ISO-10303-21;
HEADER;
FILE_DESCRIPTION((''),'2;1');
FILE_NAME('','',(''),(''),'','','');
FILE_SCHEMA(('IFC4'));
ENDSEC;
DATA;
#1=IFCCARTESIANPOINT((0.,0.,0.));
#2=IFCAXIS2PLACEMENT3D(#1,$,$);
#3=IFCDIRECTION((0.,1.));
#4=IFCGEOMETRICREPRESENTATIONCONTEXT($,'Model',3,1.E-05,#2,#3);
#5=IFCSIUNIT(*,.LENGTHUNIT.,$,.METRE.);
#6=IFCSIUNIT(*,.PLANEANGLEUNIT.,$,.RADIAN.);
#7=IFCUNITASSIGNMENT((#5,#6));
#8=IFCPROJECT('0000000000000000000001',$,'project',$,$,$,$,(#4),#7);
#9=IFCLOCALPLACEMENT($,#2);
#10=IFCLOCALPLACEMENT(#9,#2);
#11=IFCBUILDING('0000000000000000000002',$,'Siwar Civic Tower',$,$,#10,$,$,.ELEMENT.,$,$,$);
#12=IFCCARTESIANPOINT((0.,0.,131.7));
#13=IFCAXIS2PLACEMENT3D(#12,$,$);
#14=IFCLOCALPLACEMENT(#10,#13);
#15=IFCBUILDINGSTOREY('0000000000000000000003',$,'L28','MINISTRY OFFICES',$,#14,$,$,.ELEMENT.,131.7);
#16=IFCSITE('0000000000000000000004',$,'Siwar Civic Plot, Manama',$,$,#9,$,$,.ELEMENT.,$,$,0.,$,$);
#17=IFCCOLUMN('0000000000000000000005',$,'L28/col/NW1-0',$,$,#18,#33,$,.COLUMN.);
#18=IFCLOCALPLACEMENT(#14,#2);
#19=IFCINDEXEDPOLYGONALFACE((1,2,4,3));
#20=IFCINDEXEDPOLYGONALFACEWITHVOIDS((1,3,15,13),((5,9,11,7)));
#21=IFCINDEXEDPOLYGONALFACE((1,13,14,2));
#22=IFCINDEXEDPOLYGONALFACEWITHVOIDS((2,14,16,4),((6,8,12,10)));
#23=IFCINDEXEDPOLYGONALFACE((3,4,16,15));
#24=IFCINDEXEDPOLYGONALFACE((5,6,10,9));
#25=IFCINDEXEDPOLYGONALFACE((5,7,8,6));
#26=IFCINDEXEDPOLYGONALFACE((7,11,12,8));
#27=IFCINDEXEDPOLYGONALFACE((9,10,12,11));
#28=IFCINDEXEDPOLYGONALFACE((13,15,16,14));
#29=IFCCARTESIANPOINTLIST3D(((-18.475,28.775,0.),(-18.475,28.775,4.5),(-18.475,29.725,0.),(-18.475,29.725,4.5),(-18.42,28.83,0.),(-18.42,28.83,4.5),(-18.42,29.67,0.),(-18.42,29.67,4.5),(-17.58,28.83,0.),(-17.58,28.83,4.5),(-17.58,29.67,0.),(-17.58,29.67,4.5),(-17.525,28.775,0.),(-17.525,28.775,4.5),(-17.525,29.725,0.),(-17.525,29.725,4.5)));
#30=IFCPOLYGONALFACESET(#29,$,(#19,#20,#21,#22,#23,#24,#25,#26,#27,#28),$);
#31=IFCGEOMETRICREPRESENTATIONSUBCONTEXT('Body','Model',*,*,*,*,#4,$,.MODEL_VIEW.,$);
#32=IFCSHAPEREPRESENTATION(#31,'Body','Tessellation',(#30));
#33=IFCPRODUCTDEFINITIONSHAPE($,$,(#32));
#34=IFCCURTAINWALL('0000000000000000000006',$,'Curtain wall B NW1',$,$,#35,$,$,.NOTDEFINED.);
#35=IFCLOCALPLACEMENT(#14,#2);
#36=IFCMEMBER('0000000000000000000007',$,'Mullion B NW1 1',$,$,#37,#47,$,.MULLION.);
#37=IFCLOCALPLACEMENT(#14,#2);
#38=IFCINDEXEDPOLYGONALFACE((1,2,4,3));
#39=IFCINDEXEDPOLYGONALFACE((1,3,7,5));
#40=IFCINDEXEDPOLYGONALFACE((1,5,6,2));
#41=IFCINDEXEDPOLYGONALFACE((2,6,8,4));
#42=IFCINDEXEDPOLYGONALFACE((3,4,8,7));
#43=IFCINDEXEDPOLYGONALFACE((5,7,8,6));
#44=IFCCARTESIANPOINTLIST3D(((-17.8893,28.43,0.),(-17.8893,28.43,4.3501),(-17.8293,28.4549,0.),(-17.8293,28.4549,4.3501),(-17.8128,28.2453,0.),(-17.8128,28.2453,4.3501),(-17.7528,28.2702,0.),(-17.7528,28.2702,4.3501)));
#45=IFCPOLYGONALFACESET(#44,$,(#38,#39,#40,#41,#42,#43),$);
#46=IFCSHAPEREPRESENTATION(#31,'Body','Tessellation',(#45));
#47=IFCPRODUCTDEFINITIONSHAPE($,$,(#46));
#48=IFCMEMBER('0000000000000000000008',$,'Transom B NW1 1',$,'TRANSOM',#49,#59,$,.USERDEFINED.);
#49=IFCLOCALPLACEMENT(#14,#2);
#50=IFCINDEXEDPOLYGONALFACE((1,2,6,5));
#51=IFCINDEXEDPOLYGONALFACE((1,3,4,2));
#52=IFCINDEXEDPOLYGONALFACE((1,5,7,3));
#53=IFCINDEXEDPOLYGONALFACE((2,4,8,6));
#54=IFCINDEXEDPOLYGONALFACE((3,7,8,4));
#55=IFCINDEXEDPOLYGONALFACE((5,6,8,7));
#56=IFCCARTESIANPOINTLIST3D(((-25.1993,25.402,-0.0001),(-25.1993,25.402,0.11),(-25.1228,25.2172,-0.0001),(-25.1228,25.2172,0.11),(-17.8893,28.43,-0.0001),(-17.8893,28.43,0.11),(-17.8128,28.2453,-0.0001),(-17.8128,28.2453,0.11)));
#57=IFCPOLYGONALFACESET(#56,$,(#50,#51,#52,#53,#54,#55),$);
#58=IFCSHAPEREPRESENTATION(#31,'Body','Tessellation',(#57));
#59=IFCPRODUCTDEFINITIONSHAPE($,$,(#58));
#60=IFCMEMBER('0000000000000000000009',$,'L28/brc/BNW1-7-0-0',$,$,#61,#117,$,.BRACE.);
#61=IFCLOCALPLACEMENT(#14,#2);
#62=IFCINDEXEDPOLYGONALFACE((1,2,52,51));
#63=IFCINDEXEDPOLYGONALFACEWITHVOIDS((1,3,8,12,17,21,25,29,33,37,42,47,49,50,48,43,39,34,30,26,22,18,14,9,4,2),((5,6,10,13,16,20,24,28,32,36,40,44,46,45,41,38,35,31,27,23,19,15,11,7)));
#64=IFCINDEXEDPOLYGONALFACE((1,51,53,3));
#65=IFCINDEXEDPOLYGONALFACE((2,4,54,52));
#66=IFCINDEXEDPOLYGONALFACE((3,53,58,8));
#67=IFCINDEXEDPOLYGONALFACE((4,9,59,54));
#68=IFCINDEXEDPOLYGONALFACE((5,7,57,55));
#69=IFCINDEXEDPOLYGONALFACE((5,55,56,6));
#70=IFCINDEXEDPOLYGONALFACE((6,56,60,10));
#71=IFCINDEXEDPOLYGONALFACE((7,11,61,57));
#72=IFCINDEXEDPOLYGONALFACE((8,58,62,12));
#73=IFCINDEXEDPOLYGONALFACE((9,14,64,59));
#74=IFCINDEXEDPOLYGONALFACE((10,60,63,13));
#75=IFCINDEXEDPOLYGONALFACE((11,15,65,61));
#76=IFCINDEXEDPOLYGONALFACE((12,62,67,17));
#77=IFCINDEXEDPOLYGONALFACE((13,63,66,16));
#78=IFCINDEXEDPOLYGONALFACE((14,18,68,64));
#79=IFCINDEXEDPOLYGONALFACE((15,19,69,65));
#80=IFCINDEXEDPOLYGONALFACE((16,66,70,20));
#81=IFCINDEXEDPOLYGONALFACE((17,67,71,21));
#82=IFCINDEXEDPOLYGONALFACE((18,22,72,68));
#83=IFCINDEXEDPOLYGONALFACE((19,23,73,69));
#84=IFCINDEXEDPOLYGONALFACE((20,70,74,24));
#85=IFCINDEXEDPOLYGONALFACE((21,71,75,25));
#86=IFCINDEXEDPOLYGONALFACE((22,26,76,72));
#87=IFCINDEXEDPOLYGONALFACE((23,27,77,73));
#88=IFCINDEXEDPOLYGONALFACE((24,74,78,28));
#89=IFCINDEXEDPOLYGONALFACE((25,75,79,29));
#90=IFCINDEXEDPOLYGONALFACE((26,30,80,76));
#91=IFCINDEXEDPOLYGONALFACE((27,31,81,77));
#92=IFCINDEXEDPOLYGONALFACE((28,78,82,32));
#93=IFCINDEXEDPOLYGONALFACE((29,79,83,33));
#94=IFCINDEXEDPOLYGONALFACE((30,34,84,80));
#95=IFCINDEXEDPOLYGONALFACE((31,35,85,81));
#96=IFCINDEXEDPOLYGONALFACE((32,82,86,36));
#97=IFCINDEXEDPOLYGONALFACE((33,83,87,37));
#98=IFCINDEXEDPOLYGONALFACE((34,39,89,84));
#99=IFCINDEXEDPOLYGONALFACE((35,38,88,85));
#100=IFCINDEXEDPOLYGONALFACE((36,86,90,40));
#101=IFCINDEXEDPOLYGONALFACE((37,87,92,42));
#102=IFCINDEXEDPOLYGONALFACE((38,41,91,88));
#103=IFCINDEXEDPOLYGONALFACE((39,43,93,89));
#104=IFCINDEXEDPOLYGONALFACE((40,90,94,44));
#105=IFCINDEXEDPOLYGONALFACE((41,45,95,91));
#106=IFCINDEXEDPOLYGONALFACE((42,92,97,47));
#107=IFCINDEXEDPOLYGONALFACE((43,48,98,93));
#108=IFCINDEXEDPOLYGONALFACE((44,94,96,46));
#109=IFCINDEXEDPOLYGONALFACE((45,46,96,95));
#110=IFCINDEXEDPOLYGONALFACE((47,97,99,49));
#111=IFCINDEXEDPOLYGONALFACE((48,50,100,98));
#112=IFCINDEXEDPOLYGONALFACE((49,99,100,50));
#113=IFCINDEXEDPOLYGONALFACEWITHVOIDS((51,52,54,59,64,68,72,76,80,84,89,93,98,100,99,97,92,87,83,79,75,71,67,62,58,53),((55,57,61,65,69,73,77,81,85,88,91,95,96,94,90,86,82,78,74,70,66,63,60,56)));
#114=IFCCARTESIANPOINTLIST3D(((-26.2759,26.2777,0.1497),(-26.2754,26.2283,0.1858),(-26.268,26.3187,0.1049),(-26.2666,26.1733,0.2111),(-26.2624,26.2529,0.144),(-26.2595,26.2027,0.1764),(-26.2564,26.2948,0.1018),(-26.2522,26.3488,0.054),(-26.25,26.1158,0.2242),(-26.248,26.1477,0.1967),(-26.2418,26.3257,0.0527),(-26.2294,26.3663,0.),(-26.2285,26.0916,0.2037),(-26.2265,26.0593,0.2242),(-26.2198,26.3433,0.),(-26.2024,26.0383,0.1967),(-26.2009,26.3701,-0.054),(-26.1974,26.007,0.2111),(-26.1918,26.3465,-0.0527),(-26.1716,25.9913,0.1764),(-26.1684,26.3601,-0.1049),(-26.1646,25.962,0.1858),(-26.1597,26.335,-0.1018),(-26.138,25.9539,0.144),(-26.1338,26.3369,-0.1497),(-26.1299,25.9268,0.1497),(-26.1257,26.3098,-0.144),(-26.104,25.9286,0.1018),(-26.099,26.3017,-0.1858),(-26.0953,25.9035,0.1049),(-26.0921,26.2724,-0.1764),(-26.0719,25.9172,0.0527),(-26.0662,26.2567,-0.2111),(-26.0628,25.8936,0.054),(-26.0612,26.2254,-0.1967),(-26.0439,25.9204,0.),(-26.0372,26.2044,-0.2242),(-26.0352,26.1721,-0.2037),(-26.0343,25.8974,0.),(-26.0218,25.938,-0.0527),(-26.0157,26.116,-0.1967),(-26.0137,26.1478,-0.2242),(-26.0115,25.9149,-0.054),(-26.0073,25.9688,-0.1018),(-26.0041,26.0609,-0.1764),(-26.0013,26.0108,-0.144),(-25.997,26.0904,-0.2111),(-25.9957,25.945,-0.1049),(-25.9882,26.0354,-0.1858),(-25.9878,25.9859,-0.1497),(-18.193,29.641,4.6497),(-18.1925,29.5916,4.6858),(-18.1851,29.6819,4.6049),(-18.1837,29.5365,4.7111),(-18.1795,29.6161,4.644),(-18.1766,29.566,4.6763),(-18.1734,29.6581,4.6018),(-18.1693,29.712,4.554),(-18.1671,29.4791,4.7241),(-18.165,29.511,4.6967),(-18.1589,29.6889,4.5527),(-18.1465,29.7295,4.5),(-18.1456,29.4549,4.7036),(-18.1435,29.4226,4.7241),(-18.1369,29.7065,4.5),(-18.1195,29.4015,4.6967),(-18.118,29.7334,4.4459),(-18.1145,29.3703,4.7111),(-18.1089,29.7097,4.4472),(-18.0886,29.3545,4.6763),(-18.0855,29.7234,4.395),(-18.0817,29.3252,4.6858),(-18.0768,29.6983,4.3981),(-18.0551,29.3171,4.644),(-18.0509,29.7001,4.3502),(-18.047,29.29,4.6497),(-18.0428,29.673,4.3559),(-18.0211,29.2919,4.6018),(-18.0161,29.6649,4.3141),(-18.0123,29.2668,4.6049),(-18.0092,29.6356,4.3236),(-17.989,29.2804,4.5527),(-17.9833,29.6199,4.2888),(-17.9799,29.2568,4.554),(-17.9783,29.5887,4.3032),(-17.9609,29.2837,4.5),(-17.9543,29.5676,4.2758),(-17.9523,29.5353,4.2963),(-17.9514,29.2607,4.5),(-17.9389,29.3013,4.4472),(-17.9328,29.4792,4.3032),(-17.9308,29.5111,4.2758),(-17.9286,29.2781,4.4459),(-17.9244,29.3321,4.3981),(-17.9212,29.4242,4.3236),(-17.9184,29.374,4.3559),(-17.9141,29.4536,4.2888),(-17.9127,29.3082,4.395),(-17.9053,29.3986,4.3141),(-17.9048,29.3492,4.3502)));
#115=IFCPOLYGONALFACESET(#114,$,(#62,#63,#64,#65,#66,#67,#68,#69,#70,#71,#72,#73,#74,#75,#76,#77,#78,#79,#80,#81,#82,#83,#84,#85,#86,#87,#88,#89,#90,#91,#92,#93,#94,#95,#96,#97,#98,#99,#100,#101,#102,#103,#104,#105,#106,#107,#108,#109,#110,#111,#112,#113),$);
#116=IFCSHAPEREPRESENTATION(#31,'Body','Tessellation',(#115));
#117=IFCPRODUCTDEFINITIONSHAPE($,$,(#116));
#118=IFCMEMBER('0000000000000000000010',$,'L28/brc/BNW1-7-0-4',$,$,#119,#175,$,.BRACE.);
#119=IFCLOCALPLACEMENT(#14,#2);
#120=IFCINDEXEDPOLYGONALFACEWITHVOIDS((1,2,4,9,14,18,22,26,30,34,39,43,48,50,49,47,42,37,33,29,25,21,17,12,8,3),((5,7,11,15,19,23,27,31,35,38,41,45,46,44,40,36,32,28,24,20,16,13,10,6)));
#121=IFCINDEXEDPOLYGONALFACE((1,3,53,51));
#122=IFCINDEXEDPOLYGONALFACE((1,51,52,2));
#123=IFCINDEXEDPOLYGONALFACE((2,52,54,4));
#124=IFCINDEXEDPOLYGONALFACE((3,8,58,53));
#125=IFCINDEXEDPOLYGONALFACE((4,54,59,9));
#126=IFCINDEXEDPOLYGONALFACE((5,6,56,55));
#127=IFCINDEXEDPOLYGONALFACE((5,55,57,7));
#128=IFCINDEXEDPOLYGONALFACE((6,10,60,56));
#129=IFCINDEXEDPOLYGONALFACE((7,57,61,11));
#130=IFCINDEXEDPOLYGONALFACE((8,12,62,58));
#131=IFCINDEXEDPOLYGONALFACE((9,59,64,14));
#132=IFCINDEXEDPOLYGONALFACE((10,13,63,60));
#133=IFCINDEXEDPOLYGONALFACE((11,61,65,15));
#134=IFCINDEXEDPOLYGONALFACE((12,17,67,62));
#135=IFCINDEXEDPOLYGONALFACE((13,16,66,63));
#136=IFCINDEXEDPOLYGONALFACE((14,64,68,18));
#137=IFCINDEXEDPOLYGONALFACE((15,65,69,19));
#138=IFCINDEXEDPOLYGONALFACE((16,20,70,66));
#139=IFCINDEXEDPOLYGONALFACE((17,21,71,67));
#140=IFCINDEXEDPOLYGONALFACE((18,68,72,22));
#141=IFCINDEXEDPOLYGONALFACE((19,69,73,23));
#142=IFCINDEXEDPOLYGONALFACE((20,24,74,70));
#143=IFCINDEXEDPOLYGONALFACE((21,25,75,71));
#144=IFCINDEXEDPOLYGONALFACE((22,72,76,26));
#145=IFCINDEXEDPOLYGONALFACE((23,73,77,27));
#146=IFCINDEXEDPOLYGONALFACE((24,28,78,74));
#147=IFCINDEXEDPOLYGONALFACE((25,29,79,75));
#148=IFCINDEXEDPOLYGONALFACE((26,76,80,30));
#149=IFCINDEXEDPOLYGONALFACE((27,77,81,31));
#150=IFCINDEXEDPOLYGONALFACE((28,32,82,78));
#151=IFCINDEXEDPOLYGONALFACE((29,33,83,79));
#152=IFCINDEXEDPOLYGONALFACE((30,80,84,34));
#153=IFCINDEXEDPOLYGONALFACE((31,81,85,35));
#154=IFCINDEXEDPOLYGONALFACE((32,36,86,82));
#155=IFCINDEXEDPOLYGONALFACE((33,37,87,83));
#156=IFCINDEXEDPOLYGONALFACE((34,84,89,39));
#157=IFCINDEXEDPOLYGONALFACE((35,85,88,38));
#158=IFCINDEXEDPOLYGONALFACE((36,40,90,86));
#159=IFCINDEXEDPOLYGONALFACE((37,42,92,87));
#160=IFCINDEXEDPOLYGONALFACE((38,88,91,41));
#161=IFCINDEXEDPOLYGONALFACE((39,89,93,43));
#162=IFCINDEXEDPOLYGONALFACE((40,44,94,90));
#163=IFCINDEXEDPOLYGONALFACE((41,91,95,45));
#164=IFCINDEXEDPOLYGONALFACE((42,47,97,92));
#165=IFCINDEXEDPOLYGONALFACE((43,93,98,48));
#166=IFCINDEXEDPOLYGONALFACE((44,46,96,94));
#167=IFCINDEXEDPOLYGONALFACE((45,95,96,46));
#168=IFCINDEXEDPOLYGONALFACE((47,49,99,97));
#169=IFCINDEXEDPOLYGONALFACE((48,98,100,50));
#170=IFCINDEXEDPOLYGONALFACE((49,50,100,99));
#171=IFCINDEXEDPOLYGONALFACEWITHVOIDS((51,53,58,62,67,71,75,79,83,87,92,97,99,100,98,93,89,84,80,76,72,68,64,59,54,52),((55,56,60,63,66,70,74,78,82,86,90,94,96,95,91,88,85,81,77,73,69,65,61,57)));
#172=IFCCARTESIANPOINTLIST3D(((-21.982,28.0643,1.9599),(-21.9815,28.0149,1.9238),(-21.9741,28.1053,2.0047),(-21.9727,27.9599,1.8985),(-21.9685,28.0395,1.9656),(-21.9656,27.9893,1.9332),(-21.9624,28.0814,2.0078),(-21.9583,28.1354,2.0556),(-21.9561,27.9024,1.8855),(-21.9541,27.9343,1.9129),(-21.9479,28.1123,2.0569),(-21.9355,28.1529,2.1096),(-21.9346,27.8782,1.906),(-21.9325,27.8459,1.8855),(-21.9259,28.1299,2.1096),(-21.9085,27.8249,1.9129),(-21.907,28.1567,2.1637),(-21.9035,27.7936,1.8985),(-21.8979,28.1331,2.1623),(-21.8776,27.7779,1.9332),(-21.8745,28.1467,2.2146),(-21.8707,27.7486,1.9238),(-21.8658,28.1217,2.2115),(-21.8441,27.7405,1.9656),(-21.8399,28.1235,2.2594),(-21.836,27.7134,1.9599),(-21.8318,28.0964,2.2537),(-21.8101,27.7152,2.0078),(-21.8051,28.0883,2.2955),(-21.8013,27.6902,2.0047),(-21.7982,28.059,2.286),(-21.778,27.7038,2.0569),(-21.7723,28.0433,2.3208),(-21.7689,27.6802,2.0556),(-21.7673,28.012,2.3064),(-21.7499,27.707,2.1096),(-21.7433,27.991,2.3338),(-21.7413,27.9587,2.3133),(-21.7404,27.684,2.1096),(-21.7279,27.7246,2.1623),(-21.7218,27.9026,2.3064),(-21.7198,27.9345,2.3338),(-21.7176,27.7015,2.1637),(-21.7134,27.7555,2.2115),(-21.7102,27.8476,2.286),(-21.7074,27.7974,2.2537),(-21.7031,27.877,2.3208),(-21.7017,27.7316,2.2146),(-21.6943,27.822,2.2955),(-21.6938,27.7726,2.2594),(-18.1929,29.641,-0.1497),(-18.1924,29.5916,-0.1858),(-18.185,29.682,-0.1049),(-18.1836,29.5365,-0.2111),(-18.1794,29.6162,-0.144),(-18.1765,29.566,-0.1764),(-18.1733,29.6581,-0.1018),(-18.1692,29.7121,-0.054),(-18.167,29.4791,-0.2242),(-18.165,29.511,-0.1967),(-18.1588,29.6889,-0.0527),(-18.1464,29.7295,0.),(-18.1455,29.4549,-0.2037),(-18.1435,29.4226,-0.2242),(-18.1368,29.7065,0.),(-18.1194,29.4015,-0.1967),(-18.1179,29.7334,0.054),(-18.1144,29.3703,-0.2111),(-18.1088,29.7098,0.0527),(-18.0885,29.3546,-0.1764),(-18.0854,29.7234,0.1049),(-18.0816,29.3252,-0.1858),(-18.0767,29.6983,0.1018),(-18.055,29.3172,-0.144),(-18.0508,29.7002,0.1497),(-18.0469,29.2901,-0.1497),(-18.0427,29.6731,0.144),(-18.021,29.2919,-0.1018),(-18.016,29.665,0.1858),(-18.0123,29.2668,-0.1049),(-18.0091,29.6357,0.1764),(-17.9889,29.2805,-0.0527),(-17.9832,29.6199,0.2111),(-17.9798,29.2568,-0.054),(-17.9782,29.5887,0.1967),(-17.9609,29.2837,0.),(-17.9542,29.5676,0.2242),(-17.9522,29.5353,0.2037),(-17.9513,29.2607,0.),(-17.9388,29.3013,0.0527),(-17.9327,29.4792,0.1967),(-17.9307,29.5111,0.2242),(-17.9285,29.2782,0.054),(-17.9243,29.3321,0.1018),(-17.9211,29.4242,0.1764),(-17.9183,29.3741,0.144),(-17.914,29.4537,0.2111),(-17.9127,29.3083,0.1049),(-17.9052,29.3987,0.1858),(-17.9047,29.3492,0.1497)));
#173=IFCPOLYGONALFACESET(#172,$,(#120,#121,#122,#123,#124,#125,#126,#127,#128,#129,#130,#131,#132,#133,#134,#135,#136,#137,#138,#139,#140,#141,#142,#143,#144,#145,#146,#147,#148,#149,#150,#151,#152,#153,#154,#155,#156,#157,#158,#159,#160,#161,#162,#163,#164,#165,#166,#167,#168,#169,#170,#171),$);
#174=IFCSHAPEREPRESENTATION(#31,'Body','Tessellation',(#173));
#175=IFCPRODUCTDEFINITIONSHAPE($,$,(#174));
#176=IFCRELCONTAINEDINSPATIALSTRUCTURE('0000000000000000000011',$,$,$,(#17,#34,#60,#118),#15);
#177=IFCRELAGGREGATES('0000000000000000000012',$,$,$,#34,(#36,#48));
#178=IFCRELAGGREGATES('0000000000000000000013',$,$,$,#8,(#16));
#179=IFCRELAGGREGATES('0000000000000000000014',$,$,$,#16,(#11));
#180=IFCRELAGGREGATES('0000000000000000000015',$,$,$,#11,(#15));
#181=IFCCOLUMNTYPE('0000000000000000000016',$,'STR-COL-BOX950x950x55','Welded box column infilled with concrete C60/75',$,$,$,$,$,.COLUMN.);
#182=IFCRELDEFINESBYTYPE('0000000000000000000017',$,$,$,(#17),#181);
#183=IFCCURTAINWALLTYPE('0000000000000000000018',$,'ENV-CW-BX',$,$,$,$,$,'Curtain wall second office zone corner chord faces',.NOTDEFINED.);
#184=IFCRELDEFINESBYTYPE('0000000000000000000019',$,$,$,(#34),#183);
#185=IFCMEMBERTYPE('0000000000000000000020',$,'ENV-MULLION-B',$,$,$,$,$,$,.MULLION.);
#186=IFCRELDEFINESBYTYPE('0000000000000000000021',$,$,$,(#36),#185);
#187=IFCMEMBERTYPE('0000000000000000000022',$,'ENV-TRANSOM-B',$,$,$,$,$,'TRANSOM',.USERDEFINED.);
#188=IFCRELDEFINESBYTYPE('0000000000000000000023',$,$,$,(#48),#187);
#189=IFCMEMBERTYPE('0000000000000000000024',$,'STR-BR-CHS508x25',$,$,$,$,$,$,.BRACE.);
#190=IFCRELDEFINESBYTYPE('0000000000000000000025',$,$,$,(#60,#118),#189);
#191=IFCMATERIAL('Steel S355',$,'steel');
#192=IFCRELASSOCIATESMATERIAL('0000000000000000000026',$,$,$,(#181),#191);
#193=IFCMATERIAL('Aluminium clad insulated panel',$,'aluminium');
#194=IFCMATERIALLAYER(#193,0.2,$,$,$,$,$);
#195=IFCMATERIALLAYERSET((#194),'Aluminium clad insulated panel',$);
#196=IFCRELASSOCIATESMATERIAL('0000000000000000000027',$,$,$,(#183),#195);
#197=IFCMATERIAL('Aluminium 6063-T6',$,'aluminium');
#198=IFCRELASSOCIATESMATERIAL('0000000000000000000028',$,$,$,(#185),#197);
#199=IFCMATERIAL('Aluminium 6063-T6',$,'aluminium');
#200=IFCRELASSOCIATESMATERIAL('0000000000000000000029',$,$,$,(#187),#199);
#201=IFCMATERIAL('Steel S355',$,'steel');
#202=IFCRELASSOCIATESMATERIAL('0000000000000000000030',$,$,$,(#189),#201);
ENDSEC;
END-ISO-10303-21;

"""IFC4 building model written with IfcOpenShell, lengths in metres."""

from ifc_helpers import new_model, si_unit, direction, frame, origin, origin_2d, place, context, subcontext, project, spatial, rectangle, hollow_rectangle, hollow_circle, extrude, material, layer, layer_set, material_profile, profile_set, type_object, element, aggregate, save


model = new_model("IFC4")

# Units and contexts
model_context = context("Model", 3, precision=1e-05, world=origin(), true_north=direction((0.0, 1.0)))
body_context = subcontext(model_context, "Body", "Model", "MODEL_VIEW")
ifc_project = project(units=[si_unit("LENGTHUNIT", "METRE"), si_unit("PLANEANGLEUNIT", "RADIAN")], contexts=[model_context])

# Site, building, storey
site_placement = place(None, origin())
site = spatial("IfcSite", under=ifc_project, at=site_placement, Name="Siwar Civic Plot, Manama", CompositionType="ELEMENT", RefElevation=0.0)
building_placement = place(site_placement, origin())
building = spatial("IfcBuilding", under=site, at=building_placement, Name="Siwar Civic Tower", CompositionType="ELEMENT")
storey_placement = place(building_placement, frame((0.0, 0.0, 131.7)))
storey = spatial("IfcBuildingStorey", under=building, at=storey_placement, Name="L28", Description="MINISTRY OFFICES", CompositionType="ELEMENT", Elevation=131.7)

# Column
ifc_material_1 = material(Name="Steel S355", Category="steel")
ifc_material_profile_1 = material_profile(ifc_material_1, hollow_rectangle(XDim=0.95, YDim=0.95, WallThickness=0.0549, at=origin_2d()), Name="BOX950x950x55")
ifc_profile_set_1 = profile_set([ifc_material_profile_1], Name="Steel S355")
column_type = type_object("IfcColumnType", Name="STR-COL-BOX950x950x55", Description="Welded box column infilled with concrete C60/75", PredefinedType="COLUMN", material=ifc_profile_set_1)
column_placement = place(storey_placement, frame((-18.0, 29.25, 0.0), z_axis=(0.0, 0.0, 1.0), x_axis=(1.0, 0.0, 0.0)))
element("IfcColumn", 1, at=column_placement, inside=storey, type_object=column_type, Name="L28/col/NW1-0", PredefinedType="COLUMN", context=body_context, shape_type="SweptSolid", body=[
    extrude(hollow_rectangle(XDim=0.95, YDim=0.95, WallThickness=0.0549, at=origin_2d()), origin(), (0.0, 0.0, 1.0), 4.5),
])

# Curtain wall, members
ifc_material_2 = material(Name="Aluminium clad insulated panel", Category="aluminium")
ifc_layer_1 = layer(ifc_material_2, 0.2)
ifc_layer_set_1 = layer_set([ifc_layer_1], Name="Aluminium clad insulated panel")
curtain_wall_type = type_object("IfcCurtainWallType", Name="ENV-CW-BX", ElementType="Curtain wall second office zone corner chord faces", PredefinedType="NOTDEFINED", material=ifc_layer_set_1)
curtain_wall_placement = place(storey_placement, origin())
curtain_wall = element("IfcCurtainWall", 2, at=curtain_wall_placement, inside=storey, type_object=curtain_wall_type, Name="Curtain wall B NW1", PredefinedType="NOTDEFINED")
ifc_material_3 = material(Name="Aluminium 6063-T6", Category="aluminium")
ifc_material_profile_2 = material_profile(ifc_material_3, rectangle(XDim=0.2, YDim=0.0649, at=origin_2d()), Name="AL 200x65")
ifc_profile_set_2 = profile_set([ifc_material_profile_2], Name="Aluminium 6063-T6")
member_type_1 = type_object("IfcMemberType", Name="ENV-MULLION-B", PredefinedType="MULLION", material=ifc_profile_set_2)
member_1_placement = place(storey_placement, frame((-17.821, 28.3501, 0.0), z_axis=(0.0, 0.0, 1.0), x_axis=(0.382683, -0.92388, 0.0)))
member_1 = element("IfcMember", 3, at=member_1_placement, type_object=member_type_1, Name="Mullion B NW1 1", PredefinedType="MULLION", context=body_context, shape_type="SweptSolid", body=[
    extrude(rectangle(XDim=0.2, YDim=0.0649, at=origin_2d()), origin(), (0.0, 0.0, 1.0), 4.3501),
])
ifc_material_4 = material(Name="Aluminium 6063-T6", Category="aluminium")
ifc_material_profile_3 = material_profile(ifc_material_4, rectangle(XDim=0.2, YDim=0.1101, at=origin_2d()), Name="AL 200x110")
ifc_profile_set_3 = profile_set([ifc_material_profile_3], Name="Aluminium 6063-T6")
member_type_2 = type_object("IfcMemberType", Name="ENV-TRANSOM-B", ElementType="TRANSOM", PredefinedType="USERDEFINED", material=ifc_profile_set_3)
member_2_placement = place(storey_placement, frame((-17.8511, 28.3376, 0.0549), z_axis=(-0.923873, -0.3827, 0.0), x_axis=(0.3827, -0.923873, 0.0)))
member_2 = element("IfcMember", 4, at=member_2_placement, type_object=member_type_2, Name="Transom B NW1 1", ObjectType="TRANSOM", PredefinedType="USERDEFINED", context=body_context, shape_type="SweptSolid", body=[
    extrude(rectangle(XDim=0.2, YDim=0.1101, at=origin_2d()), origin(), (0.0, 0.0, 1.0), 7.9124),
])

# Members
ifc_material_5 = material(Name="Steel S355", Category="steel")
ifc_material_profile_4 = material_profile(ifc_material_5, hollow_circle(Radius=0.2539, WallThickness=0.0249, at=origin_2d()), Name="CHS508x25")
ifc_profile_set_4 = profile_set([ifc_material_profile_4], Name="Steel S355")
member_type_3 = type_object("IfcMemberType", Name="STR-BR-CHS508x25", PredefinedType="BRACE", material=ifc_profile_set_4)
member_3_placement = place(storey_placement, frame((-26.1318, 26.1318, 0.0), z_axis=(0.821143, 0.341671, 0.457149), x_axis=(-0.384164, 0.923265, 0.0)))
element("IfcMember", 5, at=member_3_placement, inside=storey, type_object=member_type_3, Name="L28/brc/BNW1-7-0-0", PredefinedType="BRACE", context=body_context, shape_type="SweptSolid", body=[
    extrude(hollow_circle(Radius=0.2539, WallThickness=0.0249, at=origin_2d()), origin(), (0.0, 0.0, 1.0), 9.8435),
])
for number, where, z_axis, x_axis, name in (
    (6, (-18.0488, 29.4951, 0.0), (-0.821126, -0.341677, 0.457175), (0.384176, -0.92326, 0.0), "L28/brc/BNW1-7-0-4"),
):
    element("IfcMember", number, at=place(storey_placement, frame(where, z_axis=z_axis, x_axis=x_axis)), inside=storey, type_object=member_type_3, Name=name, PredefinedType="BRACE", context=body_context, shape_type="SweptSolid", body=[
        extrude(hollow_circle(Radius=0.2539, WallThickness=0.0249, at=origin_2d()), origin(), (0.0, 0.0, 1.0), 4.6145),
    ])

aggregate(curtain_wall, [member_1, member_2])

save(model, "model.ifc")
